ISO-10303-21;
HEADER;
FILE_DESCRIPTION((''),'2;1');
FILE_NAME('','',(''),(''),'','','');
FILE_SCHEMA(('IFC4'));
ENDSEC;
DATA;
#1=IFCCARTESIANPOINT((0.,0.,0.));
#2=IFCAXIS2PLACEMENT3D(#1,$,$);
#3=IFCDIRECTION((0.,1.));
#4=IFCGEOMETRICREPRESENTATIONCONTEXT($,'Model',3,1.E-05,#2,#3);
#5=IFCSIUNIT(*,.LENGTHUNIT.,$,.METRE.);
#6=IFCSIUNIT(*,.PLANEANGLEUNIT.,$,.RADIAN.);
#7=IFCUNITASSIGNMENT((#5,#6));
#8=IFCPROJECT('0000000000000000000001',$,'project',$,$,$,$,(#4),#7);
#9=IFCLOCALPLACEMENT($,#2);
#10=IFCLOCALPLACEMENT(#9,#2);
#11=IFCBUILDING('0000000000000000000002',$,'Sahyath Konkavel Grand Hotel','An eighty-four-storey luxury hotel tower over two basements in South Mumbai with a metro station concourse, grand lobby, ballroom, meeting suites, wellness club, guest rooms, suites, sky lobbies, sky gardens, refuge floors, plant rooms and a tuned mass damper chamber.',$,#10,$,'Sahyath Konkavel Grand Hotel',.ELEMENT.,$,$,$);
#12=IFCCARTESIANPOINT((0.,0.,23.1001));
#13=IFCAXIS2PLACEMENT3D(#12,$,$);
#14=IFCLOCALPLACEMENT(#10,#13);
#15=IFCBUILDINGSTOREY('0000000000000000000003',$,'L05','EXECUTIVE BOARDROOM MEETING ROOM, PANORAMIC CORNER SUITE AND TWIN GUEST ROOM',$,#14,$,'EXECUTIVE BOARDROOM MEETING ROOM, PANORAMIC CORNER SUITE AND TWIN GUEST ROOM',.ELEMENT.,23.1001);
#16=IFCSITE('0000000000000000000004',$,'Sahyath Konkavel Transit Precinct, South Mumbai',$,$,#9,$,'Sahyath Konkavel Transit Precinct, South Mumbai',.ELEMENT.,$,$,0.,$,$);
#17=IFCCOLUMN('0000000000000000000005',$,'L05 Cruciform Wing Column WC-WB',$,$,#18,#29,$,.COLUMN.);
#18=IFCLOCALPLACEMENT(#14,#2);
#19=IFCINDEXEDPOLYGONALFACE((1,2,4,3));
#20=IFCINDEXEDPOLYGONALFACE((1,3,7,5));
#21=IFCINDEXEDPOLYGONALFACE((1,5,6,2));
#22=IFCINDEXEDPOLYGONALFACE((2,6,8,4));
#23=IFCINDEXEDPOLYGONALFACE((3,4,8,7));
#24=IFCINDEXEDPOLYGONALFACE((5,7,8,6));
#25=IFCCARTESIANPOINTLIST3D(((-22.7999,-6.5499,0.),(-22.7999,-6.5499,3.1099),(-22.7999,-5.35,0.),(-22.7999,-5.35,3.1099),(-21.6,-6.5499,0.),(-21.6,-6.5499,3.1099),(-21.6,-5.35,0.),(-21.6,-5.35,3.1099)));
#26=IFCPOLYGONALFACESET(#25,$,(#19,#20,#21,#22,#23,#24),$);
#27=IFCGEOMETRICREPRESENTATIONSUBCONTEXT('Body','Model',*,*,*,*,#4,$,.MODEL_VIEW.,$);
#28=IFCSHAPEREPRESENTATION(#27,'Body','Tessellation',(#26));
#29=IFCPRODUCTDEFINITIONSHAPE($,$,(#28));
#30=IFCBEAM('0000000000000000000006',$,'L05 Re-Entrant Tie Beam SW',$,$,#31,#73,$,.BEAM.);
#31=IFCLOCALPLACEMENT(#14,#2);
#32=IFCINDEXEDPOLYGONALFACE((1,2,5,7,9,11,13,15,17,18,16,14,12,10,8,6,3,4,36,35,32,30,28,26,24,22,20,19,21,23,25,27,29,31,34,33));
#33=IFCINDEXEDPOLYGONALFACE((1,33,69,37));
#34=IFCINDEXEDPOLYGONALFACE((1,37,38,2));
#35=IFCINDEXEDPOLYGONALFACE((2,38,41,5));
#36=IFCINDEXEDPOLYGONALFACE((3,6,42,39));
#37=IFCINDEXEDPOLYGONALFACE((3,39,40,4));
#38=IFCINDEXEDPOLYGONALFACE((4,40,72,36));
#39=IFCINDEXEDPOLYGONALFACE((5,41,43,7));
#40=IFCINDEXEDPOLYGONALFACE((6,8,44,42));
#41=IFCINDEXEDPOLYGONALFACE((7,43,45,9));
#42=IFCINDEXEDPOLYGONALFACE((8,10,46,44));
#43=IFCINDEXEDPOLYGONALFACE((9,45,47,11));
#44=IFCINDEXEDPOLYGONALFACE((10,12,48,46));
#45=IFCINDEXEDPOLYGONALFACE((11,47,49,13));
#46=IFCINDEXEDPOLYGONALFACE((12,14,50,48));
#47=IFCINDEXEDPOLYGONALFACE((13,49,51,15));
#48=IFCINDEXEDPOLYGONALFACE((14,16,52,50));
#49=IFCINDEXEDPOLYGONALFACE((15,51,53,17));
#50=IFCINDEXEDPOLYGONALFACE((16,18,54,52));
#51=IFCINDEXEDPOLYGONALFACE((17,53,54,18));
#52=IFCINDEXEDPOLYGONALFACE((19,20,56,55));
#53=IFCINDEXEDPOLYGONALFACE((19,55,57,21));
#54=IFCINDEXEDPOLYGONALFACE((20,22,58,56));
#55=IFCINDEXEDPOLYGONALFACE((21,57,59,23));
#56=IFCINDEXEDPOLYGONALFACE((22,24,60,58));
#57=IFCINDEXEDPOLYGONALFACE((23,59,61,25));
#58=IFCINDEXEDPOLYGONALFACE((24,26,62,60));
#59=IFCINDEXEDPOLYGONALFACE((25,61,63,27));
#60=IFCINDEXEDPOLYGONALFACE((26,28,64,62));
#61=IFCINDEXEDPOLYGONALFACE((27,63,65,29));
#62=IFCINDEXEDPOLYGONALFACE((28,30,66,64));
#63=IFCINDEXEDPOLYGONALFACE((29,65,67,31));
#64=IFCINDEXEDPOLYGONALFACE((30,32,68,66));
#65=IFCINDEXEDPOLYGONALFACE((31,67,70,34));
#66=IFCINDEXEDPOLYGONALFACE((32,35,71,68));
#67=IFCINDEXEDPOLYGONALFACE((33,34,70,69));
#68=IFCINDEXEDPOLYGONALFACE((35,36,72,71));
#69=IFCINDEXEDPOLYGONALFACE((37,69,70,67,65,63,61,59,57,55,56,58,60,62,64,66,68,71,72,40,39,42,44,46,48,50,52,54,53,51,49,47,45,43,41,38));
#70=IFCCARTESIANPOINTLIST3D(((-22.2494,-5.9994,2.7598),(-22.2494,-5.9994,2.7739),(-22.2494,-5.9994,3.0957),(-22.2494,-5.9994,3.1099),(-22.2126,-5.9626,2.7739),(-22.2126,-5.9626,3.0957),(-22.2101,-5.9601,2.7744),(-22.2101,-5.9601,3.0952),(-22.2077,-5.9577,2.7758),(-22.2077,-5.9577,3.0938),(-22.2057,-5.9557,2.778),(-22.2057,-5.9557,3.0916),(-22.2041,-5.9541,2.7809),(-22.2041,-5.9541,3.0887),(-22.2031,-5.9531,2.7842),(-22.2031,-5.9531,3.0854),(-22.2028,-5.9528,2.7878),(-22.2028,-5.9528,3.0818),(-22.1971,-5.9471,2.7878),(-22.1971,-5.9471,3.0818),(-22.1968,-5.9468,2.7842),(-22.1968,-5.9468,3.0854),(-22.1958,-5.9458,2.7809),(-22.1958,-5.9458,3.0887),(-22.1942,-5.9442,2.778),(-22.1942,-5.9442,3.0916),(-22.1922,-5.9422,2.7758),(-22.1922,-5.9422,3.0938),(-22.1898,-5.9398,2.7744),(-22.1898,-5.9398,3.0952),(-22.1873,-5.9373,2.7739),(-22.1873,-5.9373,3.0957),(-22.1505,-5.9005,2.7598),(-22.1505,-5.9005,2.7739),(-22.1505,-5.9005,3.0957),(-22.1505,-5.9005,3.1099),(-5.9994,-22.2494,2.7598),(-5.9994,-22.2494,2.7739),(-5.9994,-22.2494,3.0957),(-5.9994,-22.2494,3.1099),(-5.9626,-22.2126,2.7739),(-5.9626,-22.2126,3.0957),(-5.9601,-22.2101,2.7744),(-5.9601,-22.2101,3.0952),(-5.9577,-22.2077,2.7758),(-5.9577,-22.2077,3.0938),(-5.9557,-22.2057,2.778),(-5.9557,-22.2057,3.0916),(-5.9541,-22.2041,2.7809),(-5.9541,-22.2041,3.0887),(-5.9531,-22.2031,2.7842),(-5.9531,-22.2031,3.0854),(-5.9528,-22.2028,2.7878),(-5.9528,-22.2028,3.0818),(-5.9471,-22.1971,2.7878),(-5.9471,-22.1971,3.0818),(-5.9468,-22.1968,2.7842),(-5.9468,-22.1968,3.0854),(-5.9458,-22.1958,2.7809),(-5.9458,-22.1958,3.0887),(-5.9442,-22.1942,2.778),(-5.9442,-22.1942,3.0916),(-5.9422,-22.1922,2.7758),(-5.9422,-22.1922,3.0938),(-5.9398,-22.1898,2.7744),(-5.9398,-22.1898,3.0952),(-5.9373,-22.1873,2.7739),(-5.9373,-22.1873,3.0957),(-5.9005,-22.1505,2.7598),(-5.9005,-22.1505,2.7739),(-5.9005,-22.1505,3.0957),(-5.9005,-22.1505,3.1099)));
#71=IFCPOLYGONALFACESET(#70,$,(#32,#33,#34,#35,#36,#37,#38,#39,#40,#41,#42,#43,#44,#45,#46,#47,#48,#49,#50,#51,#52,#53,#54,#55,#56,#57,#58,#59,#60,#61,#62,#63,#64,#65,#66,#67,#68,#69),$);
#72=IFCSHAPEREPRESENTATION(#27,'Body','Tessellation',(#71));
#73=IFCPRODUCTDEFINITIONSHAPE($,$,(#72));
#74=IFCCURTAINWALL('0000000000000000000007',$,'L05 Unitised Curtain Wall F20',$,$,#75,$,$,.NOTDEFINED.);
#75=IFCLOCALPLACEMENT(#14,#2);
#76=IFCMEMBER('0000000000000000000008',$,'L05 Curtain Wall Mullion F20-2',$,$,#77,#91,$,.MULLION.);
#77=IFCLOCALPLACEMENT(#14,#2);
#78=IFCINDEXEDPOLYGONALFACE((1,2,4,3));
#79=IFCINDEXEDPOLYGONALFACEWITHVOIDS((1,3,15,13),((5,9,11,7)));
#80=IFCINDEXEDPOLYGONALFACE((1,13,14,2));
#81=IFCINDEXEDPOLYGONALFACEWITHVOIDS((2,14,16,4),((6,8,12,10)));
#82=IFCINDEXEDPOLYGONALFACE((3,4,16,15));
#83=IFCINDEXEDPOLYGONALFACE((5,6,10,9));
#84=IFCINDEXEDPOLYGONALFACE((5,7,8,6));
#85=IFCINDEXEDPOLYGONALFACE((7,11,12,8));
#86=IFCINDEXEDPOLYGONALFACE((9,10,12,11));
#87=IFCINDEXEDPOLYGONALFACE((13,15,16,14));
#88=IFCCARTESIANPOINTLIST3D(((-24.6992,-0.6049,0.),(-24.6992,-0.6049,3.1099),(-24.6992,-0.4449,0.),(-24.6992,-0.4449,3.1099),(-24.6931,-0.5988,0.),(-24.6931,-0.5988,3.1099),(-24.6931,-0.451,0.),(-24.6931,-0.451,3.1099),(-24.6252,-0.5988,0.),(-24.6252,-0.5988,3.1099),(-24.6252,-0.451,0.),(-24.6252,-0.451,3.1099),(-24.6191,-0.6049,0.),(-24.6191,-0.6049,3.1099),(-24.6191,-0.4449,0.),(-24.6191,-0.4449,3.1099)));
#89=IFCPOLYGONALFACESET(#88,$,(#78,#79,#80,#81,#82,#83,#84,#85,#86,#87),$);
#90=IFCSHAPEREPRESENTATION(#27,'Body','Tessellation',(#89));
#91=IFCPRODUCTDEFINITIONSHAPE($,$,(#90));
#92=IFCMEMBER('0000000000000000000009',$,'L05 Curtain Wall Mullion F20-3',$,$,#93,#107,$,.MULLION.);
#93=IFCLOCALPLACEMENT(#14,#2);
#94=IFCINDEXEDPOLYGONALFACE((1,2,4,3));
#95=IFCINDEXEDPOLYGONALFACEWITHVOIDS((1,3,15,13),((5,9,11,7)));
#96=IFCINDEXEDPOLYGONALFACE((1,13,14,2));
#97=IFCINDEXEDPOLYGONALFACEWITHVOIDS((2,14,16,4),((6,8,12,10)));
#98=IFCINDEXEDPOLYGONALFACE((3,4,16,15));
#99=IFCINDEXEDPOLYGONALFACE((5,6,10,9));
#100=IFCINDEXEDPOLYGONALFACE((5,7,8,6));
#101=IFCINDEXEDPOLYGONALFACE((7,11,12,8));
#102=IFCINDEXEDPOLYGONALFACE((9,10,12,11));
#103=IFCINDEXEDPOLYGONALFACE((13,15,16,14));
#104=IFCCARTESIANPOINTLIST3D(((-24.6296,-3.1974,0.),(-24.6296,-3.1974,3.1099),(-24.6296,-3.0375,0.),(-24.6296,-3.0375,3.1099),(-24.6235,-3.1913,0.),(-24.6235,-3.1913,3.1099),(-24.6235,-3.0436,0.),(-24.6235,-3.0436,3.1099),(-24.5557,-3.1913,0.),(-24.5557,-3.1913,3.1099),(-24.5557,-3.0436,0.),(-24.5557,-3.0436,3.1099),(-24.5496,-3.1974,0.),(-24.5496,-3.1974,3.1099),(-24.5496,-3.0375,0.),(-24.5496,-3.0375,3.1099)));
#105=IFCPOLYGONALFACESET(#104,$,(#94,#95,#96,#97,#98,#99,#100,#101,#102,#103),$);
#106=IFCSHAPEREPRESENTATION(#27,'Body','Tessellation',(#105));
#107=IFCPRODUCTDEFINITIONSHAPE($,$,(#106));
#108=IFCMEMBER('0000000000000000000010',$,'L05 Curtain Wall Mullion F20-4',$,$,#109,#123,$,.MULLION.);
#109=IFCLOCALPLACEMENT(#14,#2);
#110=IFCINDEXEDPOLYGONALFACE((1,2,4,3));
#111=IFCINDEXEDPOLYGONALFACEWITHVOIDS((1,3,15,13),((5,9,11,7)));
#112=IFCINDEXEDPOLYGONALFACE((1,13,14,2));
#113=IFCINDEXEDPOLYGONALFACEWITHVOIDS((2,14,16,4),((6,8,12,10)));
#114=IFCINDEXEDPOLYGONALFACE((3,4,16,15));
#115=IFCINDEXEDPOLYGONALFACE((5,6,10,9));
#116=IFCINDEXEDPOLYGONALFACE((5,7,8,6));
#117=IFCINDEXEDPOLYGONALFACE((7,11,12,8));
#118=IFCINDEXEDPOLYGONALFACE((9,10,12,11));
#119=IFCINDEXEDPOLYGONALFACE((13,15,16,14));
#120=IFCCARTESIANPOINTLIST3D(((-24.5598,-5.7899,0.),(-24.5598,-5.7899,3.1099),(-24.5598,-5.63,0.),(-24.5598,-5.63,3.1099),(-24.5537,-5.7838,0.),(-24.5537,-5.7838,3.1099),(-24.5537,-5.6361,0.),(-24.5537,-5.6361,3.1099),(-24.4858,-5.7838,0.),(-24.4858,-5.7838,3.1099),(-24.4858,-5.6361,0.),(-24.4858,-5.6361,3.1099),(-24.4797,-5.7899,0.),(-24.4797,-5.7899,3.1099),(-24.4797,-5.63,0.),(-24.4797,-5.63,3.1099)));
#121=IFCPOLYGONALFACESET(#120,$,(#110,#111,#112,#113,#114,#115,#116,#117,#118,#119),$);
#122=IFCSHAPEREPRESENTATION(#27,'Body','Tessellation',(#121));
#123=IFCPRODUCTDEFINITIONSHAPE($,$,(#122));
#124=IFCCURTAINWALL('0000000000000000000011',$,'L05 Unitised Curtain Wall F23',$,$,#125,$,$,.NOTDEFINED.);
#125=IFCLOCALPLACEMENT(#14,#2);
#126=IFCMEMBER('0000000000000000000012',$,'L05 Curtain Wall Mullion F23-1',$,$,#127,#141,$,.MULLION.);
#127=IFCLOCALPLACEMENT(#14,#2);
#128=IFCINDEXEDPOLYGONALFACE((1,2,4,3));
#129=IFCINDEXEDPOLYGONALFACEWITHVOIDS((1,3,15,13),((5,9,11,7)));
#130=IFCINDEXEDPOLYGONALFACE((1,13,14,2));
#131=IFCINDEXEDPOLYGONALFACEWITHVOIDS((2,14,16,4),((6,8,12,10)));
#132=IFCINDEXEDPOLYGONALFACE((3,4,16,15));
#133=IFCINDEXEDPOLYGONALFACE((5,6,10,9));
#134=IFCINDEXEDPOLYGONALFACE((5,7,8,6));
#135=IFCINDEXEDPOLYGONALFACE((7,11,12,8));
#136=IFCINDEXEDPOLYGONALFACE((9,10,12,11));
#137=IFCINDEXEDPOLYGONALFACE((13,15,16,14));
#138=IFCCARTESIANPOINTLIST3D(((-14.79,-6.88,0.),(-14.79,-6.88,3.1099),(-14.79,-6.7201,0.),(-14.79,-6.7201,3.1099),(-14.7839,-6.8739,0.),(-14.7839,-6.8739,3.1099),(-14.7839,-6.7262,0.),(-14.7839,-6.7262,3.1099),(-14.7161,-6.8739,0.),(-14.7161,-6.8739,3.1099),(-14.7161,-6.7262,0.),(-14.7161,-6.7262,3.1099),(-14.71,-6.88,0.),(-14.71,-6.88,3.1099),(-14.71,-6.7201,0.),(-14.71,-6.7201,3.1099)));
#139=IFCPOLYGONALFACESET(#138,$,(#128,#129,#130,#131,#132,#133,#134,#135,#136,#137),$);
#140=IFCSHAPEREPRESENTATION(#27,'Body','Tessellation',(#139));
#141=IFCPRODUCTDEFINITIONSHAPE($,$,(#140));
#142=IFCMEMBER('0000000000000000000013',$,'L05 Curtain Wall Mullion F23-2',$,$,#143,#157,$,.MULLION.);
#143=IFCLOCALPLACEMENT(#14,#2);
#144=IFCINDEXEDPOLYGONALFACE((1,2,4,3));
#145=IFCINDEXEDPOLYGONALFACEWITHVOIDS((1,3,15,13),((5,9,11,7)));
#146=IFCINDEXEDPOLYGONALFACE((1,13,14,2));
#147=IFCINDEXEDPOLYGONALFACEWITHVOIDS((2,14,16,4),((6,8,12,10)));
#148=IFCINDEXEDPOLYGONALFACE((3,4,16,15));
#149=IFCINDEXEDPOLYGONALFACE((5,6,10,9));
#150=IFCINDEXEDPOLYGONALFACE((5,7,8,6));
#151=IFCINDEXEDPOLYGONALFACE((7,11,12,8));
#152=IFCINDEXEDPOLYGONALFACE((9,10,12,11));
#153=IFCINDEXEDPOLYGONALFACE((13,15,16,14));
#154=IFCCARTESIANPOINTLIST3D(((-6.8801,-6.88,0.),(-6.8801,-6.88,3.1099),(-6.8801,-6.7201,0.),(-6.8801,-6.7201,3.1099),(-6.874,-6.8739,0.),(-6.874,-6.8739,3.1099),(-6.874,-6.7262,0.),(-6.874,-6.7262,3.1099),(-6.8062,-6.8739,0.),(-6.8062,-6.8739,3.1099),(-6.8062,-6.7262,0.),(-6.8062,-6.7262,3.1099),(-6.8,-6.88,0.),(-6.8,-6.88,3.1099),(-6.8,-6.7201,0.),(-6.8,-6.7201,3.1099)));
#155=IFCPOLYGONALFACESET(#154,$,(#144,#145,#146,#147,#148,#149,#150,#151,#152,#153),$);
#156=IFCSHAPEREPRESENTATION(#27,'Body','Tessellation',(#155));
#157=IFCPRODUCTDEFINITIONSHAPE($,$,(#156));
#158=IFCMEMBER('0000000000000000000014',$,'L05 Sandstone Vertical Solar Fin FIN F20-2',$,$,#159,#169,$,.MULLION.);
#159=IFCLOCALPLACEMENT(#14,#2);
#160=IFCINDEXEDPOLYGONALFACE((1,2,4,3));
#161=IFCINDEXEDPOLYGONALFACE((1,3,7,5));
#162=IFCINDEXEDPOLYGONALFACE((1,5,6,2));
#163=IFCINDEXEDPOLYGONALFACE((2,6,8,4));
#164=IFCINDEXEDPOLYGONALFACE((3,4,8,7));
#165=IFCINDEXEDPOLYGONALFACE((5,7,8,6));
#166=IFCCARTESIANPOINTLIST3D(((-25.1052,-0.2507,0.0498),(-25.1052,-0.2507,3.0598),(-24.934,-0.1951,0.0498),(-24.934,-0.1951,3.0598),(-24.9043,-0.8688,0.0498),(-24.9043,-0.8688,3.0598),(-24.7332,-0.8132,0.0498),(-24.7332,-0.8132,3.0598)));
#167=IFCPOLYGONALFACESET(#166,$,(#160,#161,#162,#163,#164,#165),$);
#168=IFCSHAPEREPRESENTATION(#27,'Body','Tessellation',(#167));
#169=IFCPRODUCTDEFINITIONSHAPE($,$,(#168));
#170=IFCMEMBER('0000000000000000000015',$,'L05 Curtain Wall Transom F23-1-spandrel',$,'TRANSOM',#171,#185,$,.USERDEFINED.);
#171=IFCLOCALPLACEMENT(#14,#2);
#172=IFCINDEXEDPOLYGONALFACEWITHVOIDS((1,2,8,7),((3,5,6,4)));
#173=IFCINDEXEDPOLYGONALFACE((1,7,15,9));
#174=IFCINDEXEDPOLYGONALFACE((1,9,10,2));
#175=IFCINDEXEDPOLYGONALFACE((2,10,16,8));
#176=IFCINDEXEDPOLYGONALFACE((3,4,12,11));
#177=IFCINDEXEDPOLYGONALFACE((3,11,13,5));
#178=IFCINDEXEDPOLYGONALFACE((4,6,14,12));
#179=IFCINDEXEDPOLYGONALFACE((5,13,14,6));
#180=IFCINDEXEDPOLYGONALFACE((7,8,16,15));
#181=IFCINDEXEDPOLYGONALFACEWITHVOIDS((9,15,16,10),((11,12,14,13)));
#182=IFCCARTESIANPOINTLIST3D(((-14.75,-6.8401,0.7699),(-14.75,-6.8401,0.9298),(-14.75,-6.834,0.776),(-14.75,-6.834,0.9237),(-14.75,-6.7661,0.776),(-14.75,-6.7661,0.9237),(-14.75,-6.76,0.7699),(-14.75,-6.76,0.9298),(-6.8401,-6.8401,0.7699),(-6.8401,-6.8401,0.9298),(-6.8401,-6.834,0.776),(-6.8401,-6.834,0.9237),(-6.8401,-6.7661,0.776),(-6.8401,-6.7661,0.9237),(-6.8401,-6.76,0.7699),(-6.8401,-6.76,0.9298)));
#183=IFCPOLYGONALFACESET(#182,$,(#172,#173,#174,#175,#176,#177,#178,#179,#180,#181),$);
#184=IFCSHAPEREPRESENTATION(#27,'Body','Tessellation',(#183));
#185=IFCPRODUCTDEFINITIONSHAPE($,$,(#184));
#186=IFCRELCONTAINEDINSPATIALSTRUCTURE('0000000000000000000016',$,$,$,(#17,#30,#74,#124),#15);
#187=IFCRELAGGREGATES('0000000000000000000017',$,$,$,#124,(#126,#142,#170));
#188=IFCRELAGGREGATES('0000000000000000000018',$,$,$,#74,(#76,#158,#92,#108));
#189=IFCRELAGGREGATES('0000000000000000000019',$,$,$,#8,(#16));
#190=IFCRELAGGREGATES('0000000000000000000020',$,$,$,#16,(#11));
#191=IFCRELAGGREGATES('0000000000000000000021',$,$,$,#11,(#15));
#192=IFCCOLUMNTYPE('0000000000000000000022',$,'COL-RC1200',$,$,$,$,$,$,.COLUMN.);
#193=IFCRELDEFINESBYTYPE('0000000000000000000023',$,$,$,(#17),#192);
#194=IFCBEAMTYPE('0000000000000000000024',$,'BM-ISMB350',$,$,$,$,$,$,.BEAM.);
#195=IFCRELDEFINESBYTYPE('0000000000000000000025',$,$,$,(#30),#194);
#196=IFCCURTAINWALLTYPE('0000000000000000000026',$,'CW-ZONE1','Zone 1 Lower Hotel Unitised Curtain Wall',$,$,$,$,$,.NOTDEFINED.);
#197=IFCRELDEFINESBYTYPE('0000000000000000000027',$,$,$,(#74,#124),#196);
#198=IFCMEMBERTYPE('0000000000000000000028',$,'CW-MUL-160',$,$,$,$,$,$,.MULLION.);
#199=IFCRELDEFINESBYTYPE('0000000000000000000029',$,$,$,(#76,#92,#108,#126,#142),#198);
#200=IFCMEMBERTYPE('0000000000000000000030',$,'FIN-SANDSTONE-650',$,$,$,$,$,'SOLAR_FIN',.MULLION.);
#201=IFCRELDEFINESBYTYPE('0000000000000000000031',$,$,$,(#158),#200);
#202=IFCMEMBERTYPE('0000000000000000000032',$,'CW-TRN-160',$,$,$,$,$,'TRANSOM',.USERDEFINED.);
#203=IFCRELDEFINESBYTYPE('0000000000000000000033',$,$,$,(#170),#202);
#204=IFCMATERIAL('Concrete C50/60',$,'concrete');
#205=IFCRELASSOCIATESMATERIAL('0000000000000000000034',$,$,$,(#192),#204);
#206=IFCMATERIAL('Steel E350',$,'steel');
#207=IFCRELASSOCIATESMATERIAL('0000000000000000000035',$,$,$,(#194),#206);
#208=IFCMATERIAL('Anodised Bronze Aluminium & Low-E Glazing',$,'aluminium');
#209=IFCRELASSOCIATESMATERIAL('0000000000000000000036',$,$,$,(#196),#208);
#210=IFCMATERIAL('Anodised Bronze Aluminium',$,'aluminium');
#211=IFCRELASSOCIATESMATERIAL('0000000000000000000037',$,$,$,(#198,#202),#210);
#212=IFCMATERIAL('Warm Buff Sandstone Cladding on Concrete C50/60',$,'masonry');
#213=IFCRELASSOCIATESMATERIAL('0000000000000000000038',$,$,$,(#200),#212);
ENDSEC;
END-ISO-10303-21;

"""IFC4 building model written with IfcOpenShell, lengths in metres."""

from ifc_helpers import new_model, si_unit, direction, frame, origin, origin_2d, place, context, subcontext, project, spatial, rectangle, hollow_rectangle, i_section, extrude, source, transform, mapped, material, material_profile, profile_set, type_object, element, aggregate, save


model = new_model("IFC4")

# Units and contexts
model_context = context("Model", 3, precision=1e-05, world=origin(), true_north=direction((0.0, 1.0)))
body_context = subcontext(model_context, "Body", "Model", "MODEL_VIEW")
ifc_project = project(units=[si_unit("LENGTHUNIT", "METRE"), si_unit("PLANEANGLEUNIT", "RADIAN")], contexts=[model_context])

# Site, building, storey
site_placement = place(None, origin())
site = spatial("IfcSite", under=ifc_project, at=site_placement, Name="Sahyath Konkavel Transit Precinct, South Mumbai", LongName="Sahyath Konkavel Transit Precinct, South Mumbai", CompositionType="ELEMENT", RefElevation=0.0)
building_placement = place(site_placement, origin())
building = spatial("IfcBuilding", under=site, at=building_placement, Name="Sahyath Konkavel Grand Hotel", Description="An eighty-four-storey luxury hotel tower over two basements in South Mumbai with a metro station concourse, grand lobby, ballroom, meeting suites, wellness club, guest rooms, suites, sky lobbies, sky gardens, refuge floors, plant rooms and a tuned mass damper chamber.", LongName="Sahyath Konkavel Grand Hotel", CompositionType="ELEMENT")
storey_placement = place(building_placement, frame((0.0, 0.0, 23.1001)))
storey = spatial("IfcBuildingStorey", under=building, at=storey_placement, Name="L05", Description="EXECUTIVE BOARDROOM MEETING ROOM, PANORAMIC CORNER SUITE AND TWIN GUEST ROOM", LongName="EXECUTIVE BOARDROOM MEETING ROOM, PANORAMIC CORNER SUITE AND TWIN GUEST ROOM", CompositionType="ELEMENT", Elevation=23.1001)

# Column
ifc_material_1 = material(Name="Concrete C50/60", Category="concrete")
ifc_material_profile_1 = material_profile(ifc_material_1, rectangle(XDim=1.2, YDim=1.2, at=origin_2d()), Name="RC 1200x1200")
ifc_profile_set_1 = profile_set([ifc_material_profile_1], Name="Concrete C50/60")
column_type = type_object("IfcColumnType", Name="COL-RC1200", PredefinedType="COLUMN", material=ifc_profile_set_1)
shared_shape_1 = source(origin(), body_context, "Body", "SweptSolid", [
    extrude(rectangle(XDim=1.2, YDim=1.2, at=origin_2d()), origin(), (0.0, 0.0, 1.0), 3.1099),
])
column_placement = place(storey_placement, frame((-22.2, -5.95, 0.0), z_axis=(0.0, 0.0, 1.0), x_axis=(1.0, 0.0, 0.0)))
element("IfcColumn", 1, at=column_placement, inside=storey, type_object=column_type, Name="L05 Cruciform Wing Column WC-WB", PredefinedType="COLUMN", context=body_context, shape_type="MappedRepresentation", body=[
    mapped(shared_shape_1, transform((0.0, 0.0, 0.0), scale=1.0)),
])

# Beam
ifc_material_2 = material(Name="Steel E350", Category="steel")
ifc_material_profile_2 = material_profile(ifc_material_2, i_section(OverallWidth=0.1399, OverallDepth=0.3501, WebThickness=0.0081, FlangeThickness=0.0142, FilletRadius=0.0139, at=origin_2d()), Name="ISMB 350")
ifc_profile_set_2 = profile_set([ifc_material_profile_2], Name="Steel E350")
beam_type = type_object("IfcBeamType", Name="BM-ISMB350", PredefinedType="BEAM", material=ifc_profile_set_2)
shared_shape_2 = source(origin(), body_context, "Body", "SweptSolid", [
    extrude(i_section(OverallWidth=0.1399, OverallDepth=0.3501, WebThickness=0.0081, FlangeThickness=0.0142, FilletRadius=0.0139, at=origin_2d()), origin(), (0.0, 0.0, 1.0), 22.981),
])
beam_placement = place(storey_placement, frame((-22.2, -5.95, 2.9348), z_axis=(0.707107, -0.707107, 0.0), x_axis=(0.707107, 0.707107, 0.0)))
element("IfcBeam", 2, at=beam_placement, inside=storey, type_object=beam_type, Name="L05 Re-Entrant Tie Beam SW", PredefinedType="BEAM", context=body_context, shape_type="MappedRepresentation", body=[
    mapped(shared_shape_2, transform((0.0, 0.0, 0.0), scale=1.0)),
])

# Curtain walls, members
ifc_material_3 = material(Name="Anodised Bronze Aluminium & Low-E Glazing", Category="aluminium")
curtain_wall_type = type_object("IfcCurtainWallType", Name="CW-ZONE1", Description="Zone 1 Lower Hotel Unitised Curtain Wall", PredefinedType="NOTDEFINED", material=ifc_material_3)
curtain_wall_1_placement = place(storey_placement, origin())
curtain_wall_1 = element("IfcCurtainWall", 3, at=curtain_wall_1_placement, inside=storey, type_object=curtain_wall_type, Name="L05 Unitised Curtain Wall F20", PredefinedType="NOTDEFINED")
ifc_material_4 = material(Name="Anodised Bronze Aluminium", Category="aluminium")
ifc_material_profile_3 = material_profile(ifc_material_4, hollow_rectangle(XDim=0.0801, YDim=0.1599, WallThickness=0.0061, at=origin_2d()), Name="RHS 160x80x6")
ifc_profile_set_3 = profile_set([ifc_material_profile_3], Name="Anodised Bronze Aluminium")
member_type_1 = type_object("IfcMemberType", Name="CW-MUL-160", PredefinedType="MULLION", material=ifc_profile_set_3)
shared_shape_3 = source(origin(), body_context, "Body", "SweptSolid", [
    extrude(hollow_rectangle(XDim=0.0801, YDim=0.1599, WallThickness=0.0061, at=origin_2d()), origin(), (0.0, 0.0, 1.0), 3.1099),
])
member_1_placement = place(storey_placement, frame((-24.6592, -0.5249, 0.0), z_axis=(0.0, 0.0, 1.0), x_axis=(1.0, 0.0, 0.0)))
member_1 = element("IfcMember", 4, at=member_1_placement, type_object=member_type_1, Name="L05 Curtain Wall Mullion F20-2", PredefinedType="MULLION", context=body_context, shape_type="MappedRepresentation", body=[
    mapped(shared_shape_3, transform((0.0, 0.0, 0.0), scale=1.0)),
])
member_2_placement = place(storey_placement, frame((-24.5896, -3.1174, 0.0), z_axis=(0.0, 0.0, 1.0), x_axis=(1.0, 0.0, 0.0)))
member_2 = element("IfcMember", 5, at=member_2_placement, type_object=member_type_1, Name="L05 Curtain Wall Mullion F20-3", PredefinedType="MULLION", context=body_context, shape_type="MappedRepresentation", body=[
    mapped(shared_shape_3, transform((0.0, 0.0, 0.0), scale=1.0)),
])
member_3_placement = place(storey_placement, frame((-24.5198, -5.71, 0.0), z_axis=(0.0, 0.0, 1.0), x_axis=(1.0, 0.0, 0.0)))
member_3 = element("IfcMember", 6, at=member_3_placement, type_object=member_type_1, Name="L05 Curtain Wall Mullion F20-4", PredefinedType="MULLION", context=body_context, shape_type="MappedRepresentation", body=[
    mapped(shared_shape_3, transform((0.0, 0.0, 0.0), scale=1.0)),
])
curtain_wall_2_placement = place(storey_placement, origin())
curtain_wall_2 = element("IfcCurtainWall", 7, at=curtain_wall_2_placement, inside=storey, type_object=curtain_wall_type, Name="L05 Unitised Curtain Wall F23", PredefinedType="NOTDEFINED")
member_4_placement = place(storey_placement, frame((-14.75, -6.8, 0.0), z_axis=(0.0, 0.0, 1.0), x_axis=(1.0, 0.0, 0.0)))
member_4 = element("IfcMember", 8, at=member_4_placement, type_object=member_type_1, Name="L05 Curtain Wall Mullion F23-1", PredefinedType="MULLION", context=body_context, shape_type="MappedRepresentation", body=[
    mapped(shared_shape_3, transform((0.0, 0.0, 0.0), scale=1.0)),
])
member_5_placement = place(storey_placement, frame((-6.8401, -6.8, 0.0), z_axis=(0.0, 0.0, 1.0), x_axis=(1.0, 0.0, 0.0)))
member_5 = element("IfcMember", 9, at=member_5_placement, type_object=member_type_1, Name="L05 Curtain Wall Mullion F23-2", PredefinedType="MULLION", context=body_context, shape_type="MappedRepresentation", body=[
    mapped(shared_shape_3, transform((0.0, 0.0, 0.0), scale=1.0)),
])

# Members
ifc_material_5 = material(Name="Warm Buff Sandstone Cladding on Concrete C50/60", Category="masonry")
ifc_material_profile_4 = material_profile(ifc_material_5, rectangle(XDim=0.1799, YDim=0.6499, at=origin_2d()), Name="FIN 180x650")
ifc_profile_set_4 = profile_set([ifc_material_profile_4], Name="Warm Buff Sandstone Cladding on Concrete C50/60")
member_type_2 = type_object("IfcMemberType", Name="FIN-SANDSTONE-650", ElementType="SOLAR_FIN", PredefinedType="MULLION", material=ifc_profile_set_4)
shared_shape_4 = source(origin(), body_context, "Body", "SweptSolid", [
    extrude(rectangle(XDim=0.1799, YDim=0.6499, at=origin_2d()), origin(), (0.0, 0.0, 1.0), 3.01),
])
member_6_placement = place(storey_placement, frame((-24.9192, -0.532, 0.0498), z_axis=(0.0, 0.0, 1.0), x_axis=(0.951057, 0.309017, 0.0)))
member_6 = element("IfcMember", 10, at=member_6_placement, type_object=member_type_2, Name="L05 Sandstone Vertical Solar Fin FIN F20-2", PredefinedType="MULLION", context=body_context, shape_type="MappedRepresentation", body=[
    mapped(shared_shape_4, transform((0.0, 0.0, 0.0), scale=1.0)),
])
ifc_material_profile_5 = material_profile(ifc_material_4, hollow_rectangle(XDim=0.0801, YDim=0.1599, WallThickness=0.0061, at=origin_2d()), Name="RHS 160x80x6")
ifc_profile_set_5 = profile_set([ifc_material_profile_5], Name="Anodised Bronze Aluminium")
member_type_3 = type_object("IfcMemberType", Name="CW-TRN-160", ElementType="TRANSOM", PredefinedType="USERDEFINED", material=ifc_profile_set_5)
shared_shape_5 = source(origin(), body_context, "Body", "SweptSolid", [
    extrude(hollow_rectangle(XDim=0.0801, YDim=0.1599, WallThickness=0.0061, at=origin_2d()), origin(), (0.0, 0.0, 1.0), 7.9099),
])
member_7_placement = place(storey_placement, frame((-14.75, -6.8, 0.8499), z_axis=(1.0, 0.0, 0.0), x_axis=(0.0, 1.0, 0.0)))
member_7 = element("IfcMember", 11, at=member_7_placement, type_object=member_type_3, Name="L05 Curtain Wall Transom F23-1-spandrel", ObjectType="TRANSOM", PredefinedType="USERDEFINED", context=body_context, shape_type="MappedRepresentation", body=[
    mapped(shared_shape_5, transform((0.0, 0.0, 0.0), scale=1.0)),
])

aggregate(curtain_wall_2, [member_4, member_5, member_7])
aggregate(curtain_wall_1, [member_1, member_6, member_2, member_3])

save(model, "model.ifc")
